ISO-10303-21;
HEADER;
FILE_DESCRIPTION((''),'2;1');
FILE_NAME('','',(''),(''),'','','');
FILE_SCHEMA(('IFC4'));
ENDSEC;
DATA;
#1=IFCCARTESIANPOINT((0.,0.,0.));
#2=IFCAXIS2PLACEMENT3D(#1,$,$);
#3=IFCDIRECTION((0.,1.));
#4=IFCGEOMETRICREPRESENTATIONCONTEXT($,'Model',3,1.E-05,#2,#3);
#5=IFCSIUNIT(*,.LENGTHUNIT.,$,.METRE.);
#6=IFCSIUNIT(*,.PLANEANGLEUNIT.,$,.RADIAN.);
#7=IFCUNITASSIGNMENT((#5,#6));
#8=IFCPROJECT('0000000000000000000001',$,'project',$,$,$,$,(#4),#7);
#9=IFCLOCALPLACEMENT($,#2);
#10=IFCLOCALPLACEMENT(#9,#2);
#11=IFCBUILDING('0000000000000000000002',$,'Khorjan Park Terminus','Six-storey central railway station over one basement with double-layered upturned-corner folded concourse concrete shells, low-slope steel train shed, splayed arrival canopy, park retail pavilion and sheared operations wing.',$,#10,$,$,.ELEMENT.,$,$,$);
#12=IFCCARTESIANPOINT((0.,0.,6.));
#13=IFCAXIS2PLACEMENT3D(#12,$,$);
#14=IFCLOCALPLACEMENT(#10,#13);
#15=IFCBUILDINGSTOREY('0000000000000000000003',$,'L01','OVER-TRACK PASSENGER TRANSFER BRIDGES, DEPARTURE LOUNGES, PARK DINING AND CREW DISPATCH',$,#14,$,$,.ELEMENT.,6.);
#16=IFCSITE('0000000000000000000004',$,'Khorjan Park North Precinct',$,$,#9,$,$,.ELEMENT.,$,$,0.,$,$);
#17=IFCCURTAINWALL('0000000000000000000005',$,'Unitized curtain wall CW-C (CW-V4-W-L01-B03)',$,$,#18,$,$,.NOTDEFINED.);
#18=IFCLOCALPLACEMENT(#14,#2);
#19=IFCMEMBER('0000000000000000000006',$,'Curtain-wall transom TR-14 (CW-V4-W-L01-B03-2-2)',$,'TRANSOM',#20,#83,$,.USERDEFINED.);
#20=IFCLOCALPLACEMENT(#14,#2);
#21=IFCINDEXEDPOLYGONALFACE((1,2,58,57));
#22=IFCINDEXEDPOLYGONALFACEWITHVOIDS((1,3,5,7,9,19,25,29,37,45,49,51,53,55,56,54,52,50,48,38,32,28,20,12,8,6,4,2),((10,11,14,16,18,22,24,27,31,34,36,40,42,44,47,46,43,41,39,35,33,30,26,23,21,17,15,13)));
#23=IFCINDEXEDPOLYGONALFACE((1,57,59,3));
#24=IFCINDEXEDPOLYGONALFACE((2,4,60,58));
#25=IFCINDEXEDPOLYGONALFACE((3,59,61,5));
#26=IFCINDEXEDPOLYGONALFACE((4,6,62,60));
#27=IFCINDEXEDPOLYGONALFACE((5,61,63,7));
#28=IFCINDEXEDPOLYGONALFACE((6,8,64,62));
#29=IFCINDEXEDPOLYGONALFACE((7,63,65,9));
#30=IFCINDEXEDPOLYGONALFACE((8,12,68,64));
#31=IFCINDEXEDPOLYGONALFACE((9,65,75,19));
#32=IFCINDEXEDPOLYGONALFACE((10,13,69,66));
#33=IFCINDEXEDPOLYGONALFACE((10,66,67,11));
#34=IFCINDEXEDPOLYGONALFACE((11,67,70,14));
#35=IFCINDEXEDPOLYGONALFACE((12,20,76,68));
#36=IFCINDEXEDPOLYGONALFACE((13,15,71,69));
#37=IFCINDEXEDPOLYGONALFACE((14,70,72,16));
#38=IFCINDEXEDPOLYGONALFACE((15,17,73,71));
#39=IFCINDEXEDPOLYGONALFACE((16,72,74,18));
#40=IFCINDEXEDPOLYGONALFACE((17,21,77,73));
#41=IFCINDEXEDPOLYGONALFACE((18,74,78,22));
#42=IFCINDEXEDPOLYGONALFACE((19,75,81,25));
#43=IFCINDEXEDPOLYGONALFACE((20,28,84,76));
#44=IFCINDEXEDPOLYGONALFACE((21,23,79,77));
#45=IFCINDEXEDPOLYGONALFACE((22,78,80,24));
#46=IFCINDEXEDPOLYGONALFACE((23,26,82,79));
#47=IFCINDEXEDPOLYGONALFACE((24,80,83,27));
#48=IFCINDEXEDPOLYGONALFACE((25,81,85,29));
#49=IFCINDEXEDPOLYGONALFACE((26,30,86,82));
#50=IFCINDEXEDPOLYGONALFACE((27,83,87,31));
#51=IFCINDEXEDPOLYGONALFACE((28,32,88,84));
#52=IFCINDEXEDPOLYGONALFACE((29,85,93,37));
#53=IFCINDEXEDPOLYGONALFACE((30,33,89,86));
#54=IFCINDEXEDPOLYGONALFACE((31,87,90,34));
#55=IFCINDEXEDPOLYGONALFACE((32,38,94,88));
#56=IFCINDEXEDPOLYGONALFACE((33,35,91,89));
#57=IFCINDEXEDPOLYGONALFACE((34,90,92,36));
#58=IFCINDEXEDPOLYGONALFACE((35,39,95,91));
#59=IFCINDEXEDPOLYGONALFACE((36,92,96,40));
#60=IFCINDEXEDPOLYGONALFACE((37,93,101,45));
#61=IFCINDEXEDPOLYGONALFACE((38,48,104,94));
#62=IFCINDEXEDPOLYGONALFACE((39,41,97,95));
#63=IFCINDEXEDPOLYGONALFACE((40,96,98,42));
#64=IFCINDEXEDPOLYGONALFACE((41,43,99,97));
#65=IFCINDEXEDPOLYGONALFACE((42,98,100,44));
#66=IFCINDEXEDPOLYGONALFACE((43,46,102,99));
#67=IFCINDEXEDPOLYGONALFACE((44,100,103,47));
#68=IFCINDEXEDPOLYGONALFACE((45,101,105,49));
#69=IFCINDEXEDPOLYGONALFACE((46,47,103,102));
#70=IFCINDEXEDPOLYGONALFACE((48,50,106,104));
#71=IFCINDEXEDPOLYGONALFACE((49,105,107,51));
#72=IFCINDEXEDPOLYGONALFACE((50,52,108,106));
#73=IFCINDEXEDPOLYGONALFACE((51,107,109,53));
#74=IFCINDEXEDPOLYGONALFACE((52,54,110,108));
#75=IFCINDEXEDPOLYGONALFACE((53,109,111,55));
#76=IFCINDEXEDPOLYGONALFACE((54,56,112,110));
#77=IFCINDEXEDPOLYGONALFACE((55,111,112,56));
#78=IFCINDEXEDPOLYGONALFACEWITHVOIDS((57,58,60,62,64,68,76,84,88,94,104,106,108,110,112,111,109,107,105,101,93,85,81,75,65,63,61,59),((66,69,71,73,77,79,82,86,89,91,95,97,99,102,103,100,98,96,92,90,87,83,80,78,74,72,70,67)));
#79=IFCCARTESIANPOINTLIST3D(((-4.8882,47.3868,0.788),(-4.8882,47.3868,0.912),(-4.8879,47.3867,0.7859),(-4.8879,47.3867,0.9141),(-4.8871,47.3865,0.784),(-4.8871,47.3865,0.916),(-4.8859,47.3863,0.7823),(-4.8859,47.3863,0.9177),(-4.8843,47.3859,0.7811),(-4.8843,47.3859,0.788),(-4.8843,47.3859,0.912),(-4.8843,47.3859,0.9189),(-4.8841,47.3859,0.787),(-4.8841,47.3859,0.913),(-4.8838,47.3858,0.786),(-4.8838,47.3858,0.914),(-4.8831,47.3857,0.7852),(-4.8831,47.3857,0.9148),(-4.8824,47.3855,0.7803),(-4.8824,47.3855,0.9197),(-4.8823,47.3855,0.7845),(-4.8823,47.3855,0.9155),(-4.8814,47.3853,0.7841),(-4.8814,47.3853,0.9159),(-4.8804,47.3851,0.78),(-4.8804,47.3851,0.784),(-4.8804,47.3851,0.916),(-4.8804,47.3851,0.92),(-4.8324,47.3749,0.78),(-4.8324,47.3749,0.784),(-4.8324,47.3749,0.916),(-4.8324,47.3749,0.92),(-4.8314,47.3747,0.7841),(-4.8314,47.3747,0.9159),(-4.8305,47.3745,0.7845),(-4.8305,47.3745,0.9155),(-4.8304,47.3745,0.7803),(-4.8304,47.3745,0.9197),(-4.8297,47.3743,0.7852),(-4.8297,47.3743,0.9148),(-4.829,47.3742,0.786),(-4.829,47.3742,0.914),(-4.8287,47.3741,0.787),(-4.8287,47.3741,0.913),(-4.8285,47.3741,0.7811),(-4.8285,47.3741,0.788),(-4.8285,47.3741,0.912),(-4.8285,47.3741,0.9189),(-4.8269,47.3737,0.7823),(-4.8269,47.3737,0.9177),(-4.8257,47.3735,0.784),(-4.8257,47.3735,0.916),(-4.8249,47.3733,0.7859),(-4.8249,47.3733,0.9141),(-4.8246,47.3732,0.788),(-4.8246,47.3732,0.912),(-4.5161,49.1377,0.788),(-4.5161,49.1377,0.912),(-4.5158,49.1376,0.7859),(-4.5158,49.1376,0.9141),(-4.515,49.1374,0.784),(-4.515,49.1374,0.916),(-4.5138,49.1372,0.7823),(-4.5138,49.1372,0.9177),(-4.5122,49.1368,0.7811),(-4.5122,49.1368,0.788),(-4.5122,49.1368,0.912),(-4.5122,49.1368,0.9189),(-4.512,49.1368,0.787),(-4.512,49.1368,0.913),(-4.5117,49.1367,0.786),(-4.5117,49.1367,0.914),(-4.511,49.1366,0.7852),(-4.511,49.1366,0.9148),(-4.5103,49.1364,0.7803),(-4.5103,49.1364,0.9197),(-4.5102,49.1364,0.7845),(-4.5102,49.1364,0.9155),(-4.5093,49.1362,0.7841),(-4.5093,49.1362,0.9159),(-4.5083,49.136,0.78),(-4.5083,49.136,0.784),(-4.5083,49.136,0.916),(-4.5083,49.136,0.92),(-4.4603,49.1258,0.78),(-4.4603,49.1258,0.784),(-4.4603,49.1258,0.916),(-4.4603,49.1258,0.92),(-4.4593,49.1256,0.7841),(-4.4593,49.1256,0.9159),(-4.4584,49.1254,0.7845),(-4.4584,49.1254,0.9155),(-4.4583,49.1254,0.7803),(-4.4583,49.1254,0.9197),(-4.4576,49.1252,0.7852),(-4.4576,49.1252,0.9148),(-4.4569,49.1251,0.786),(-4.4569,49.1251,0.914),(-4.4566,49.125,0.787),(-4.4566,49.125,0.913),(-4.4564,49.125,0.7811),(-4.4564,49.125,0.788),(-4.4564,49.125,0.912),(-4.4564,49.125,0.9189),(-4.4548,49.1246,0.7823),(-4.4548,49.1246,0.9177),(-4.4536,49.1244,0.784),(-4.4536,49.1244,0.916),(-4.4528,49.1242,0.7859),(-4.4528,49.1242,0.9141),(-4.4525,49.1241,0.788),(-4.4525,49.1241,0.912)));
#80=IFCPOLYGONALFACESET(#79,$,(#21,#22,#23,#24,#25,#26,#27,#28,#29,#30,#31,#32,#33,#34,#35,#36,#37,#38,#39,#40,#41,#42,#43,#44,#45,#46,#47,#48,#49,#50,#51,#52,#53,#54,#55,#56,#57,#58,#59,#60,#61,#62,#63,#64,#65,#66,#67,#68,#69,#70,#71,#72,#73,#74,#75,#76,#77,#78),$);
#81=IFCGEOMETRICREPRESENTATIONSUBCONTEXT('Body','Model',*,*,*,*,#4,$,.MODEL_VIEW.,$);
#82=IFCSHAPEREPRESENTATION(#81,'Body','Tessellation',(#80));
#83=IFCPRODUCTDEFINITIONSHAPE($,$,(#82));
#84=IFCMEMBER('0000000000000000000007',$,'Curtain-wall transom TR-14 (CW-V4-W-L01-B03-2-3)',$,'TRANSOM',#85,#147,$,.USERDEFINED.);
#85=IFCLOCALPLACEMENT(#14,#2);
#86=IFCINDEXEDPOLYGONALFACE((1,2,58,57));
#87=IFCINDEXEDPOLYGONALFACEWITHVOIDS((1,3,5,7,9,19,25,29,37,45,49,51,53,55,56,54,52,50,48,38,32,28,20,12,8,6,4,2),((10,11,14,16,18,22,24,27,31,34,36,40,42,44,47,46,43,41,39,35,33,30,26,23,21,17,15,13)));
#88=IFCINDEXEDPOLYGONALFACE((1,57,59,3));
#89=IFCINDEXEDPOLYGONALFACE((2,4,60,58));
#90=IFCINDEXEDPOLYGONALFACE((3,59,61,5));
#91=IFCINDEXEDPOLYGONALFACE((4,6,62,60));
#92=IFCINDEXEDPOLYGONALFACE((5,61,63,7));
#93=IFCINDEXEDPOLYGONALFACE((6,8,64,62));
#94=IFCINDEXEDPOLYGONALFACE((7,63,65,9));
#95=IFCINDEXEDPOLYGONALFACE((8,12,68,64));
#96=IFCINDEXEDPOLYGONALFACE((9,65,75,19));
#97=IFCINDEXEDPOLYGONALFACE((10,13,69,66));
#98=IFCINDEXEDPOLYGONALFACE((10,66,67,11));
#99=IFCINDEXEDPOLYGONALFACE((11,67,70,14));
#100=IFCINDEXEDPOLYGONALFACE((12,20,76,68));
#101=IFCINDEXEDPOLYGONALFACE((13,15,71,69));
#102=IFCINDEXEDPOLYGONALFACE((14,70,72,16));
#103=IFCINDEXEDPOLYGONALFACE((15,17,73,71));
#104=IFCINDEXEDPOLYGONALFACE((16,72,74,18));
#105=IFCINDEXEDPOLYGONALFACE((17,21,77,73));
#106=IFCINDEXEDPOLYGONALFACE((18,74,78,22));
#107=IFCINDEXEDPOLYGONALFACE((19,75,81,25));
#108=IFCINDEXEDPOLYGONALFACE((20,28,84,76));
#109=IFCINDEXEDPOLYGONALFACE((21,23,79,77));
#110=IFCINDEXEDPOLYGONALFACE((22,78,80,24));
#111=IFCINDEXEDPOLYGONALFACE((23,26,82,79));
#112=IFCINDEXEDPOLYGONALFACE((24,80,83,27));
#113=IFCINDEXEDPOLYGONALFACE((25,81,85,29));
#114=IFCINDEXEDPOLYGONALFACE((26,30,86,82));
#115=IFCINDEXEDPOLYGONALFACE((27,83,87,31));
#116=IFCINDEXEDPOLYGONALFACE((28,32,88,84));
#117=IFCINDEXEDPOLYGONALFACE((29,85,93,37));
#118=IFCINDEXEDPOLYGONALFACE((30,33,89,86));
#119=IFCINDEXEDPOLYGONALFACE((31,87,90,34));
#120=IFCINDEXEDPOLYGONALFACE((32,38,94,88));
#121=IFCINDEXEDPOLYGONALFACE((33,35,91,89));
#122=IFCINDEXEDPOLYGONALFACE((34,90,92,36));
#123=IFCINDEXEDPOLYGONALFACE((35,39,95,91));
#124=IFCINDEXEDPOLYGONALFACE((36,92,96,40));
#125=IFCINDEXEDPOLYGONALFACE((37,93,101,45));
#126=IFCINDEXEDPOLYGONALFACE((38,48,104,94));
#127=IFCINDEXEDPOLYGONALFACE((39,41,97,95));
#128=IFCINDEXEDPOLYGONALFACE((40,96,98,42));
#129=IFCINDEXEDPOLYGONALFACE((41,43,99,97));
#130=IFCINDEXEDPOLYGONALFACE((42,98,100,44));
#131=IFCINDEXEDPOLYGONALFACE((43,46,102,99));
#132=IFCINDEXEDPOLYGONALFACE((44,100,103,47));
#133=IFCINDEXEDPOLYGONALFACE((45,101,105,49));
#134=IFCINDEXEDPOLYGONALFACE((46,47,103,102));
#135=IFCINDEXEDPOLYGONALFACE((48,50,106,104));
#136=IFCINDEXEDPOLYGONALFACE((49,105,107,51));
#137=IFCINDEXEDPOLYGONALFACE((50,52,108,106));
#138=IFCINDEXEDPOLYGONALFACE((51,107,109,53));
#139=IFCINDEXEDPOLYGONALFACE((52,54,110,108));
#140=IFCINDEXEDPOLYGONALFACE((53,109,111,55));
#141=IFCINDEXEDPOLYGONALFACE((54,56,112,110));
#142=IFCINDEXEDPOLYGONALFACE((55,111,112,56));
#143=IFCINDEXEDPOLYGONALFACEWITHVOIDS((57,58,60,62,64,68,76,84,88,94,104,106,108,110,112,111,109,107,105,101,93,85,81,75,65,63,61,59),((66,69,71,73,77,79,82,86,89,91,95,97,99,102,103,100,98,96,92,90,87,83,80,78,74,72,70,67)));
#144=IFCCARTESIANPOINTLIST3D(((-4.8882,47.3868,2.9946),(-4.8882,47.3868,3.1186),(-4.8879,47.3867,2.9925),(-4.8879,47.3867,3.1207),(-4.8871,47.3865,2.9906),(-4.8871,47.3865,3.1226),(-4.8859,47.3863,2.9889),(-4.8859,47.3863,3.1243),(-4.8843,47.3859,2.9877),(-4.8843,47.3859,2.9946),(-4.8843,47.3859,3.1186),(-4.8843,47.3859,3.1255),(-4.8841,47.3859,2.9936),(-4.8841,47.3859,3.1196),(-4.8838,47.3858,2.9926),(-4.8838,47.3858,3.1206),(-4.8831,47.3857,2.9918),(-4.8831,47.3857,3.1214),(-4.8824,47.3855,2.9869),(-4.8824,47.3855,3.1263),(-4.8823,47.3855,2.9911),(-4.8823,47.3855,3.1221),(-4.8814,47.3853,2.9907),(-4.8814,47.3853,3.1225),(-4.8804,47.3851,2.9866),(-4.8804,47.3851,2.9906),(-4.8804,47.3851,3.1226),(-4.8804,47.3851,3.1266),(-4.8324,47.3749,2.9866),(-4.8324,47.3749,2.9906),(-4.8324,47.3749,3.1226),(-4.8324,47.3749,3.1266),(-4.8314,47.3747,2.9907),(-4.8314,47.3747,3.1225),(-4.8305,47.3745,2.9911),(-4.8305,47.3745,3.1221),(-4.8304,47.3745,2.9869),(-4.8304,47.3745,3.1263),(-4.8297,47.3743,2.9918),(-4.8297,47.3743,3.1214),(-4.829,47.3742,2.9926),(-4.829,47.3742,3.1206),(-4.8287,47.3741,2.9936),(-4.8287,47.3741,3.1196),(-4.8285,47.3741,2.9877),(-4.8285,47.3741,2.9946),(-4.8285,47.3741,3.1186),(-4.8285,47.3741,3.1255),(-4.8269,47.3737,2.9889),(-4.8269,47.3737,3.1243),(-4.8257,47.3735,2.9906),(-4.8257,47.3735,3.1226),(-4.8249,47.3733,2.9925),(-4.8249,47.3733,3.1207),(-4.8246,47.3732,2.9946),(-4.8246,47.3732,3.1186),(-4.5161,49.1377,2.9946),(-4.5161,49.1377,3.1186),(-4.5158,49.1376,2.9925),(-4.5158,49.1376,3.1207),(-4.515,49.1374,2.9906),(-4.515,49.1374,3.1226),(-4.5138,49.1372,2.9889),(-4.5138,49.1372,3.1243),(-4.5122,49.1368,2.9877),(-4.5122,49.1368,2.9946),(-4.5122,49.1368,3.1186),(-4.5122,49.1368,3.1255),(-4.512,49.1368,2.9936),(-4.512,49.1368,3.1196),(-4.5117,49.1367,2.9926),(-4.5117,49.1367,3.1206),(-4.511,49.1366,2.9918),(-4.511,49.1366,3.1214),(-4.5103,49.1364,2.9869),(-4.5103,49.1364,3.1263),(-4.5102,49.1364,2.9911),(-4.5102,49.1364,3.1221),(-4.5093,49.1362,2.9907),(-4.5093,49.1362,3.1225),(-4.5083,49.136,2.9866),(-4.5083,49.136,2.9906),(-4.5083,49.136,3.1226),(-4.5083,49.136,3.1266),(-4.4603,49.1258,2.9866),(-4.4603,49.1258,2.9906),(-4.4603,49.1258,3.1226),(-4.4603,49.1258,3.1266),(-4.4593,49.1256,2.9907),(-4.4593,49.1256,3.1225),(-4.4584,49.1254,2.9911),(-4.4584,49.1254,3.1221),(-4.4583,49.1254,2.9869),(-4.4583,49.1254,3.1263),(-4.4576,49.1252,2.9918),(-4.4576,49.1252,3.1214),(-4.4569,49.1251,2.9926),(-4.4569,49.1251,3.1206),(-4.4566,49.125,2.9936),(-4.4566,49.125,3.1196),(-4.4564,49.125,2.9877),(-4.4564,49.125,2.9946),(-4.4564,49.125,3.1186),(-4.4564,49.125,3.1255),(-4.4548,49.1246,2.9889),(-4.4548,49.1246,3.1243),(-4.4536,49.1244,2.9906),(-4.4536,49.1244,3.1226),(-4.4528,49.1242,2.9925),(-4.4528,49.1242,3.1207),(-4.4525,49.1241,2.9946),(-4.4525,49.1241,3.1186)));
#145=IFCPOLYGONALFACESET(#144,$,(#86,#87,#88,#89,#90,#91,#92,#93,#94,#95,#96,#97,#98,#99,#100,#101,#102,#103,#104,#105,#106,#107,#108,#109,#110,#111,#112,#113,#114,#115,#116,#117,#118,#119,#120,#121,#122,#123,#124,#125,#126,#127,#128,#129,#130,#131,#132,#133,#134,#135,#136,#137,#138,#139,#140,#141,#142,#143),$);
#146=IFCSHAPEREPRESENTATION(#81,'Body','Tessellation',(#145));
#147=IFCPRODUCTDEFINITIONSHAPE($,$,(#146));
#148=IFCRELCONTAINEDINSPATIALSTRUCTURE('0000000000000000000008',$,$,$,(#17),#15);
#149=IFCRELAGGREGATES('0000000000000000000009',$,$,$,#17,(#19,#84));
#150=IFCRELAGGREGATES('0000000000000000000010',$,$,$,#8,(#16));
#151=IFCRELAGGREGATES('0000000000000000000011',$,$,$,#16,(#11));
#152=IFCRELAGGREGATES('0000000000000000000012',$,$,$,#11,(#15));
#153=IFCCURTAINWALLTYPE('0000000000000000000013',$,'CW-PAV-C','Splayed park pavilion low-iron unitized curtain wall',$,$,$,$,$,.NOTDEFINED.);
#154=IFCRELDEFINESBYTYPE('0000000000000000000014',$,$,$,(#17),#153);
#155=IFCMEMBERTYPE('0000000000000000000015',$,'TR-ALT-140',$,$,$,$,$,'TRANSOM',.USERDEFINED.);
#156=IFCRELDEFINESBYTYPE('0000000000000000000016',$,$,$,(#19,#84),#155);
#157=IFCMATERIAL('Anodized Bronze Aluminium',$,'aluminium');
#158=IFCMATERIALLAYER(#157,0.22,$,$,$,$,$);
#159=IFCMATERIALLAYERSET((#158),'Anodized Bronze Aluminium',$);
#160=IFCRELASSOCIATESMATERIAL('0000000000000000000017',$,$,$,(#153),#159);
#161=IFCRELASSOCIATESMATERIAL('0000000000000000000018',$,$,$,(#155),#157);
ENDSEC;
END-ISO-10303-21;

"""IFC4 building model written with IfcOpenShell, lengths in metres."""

from ifc_helpers import new_model, si_unit, direction, frame, origin, origin_2d, place, context, subcontext, project, spatial, hollow_rectangle, extrude, material, layer, layer_set, material_profile, profile_set, type_object, element, aggregate, save


model = new_model("IFC4")

# Units and contexts
model_context = context("Model", 3, precision=1e-05, world=origin(), true_north=direction((0.0, 1.0)))
body_context = subcontext(model_context, "Body", "Model", "MODEL_VIEW")
ifc_project = project(units=[si_unit("LENGTHUNIT", "METRE"), si_unit("PLANEANGLEUNIT", "RADIAN")], contexts=[model_context])

# Site, building, storey
site_placement = place(None, origin())
site = spatial("IfcSite", under=ifc_project, at=site_placement, Name="Khorjan Park North Precinct", CompositionType="ELEMENT", RefElevation=0.0)
building_placement = place(site_placement, origin())
building = spatial("IfcBuilding", under=site, at=building_placement, Name="Khorjan Park Terminus", Description="Six-storey central railway station over one basement with double-layered upturned-corner folded concourse concrete shells, low-slope steel train shed, splayed arrival canopy, park retail pavilion and sheared operations wing.", CompositionType="ELEMENT")
storey_placement = place(building_placement, frame((0.0, 0.0, 6.0)))
storey = spatial("IfcBuildingStorey", under=building, at=storey_placement, Name="L01", Description="OVER-TRACK PASSENGER TRANSFER BRIDGES, DEPARTURE LOUNGES, PARK DINING AND CREW DISPATCH", CompositionType="ELEMENT", Elevation=6.0)

# Curtain wall, members
ifc_material_1 = material(Name="Anodized Bronze Aluminium", Category="aluminium")
ifc_layer_1 = layer(ifc_material_1, 0.22)
ifc_layer_set_1 = layer_set([ifc_layer_1], Name="Anodized Bronze Aluminium")
curtain_wall_type = type_object("IfcCurtainWallType", Name="CW-PAV-C", Description="Splayed park pavilion low-iron unitized curtain wall", PredefinedType="NOTDEFINED", material=ifc_layer_set_1)
curtain_wall_placement = place(storey_placement, origin())
curtain_wall = element("IfcCurtainWall", 1, at=curtain_wall_placement, inside=storey, type_object=curtain_wall_type, Name="Unitized curtain wall CW-C (CW-V4-W-L01-B03)", PredefinedType="NOTDEFINED")
ifc_material_profile_1 = material_profile(ifc_material_1, hollow_rectangle(XDim=0.065, YDim=0.14, WallThickness=0.004, InnerFilletRadius=0.004, OuterFilletRadius=0.008, at=origin_2d()), Name="ALT 65x140x4")
ifc_profile_set_1 = profile_set([ifc_material_profile_1], Name="Anodized Bronze Aluminium")
member_type_1 = type_object("IfcMemberType", Name="TR-ALT-140", ElementType="TRANSOM", PredefinedType="USERDEFINED", material=ifc_profile_set_1)
member_1_placement = place(storey_placement, frame((-4.4843, 49.1309, 0.85), z_axis=(-0.207877, -0.978155, 0.0), x_axis=(0.978155, -0.207877, 0.0)))
member_1 = element("IfcMember", 2, at=member_1_placement, type_object=member_type_1, Name="Curtain-wall transom TR-14 (CW-V4-W-L01-B03-2-2)", ObjectType="TRANSOM", PredefinedType="USERDEFINED", context=body_context, shape_type="SweptSolid", body=[
    extrude(hollow_rectangle(XDim=0.065, YDim=0.14, WallThickness=0.004, InnerFilletRadius=0.004, OuterFilletRadius=0.008, at=origin_2d()), origin(), (0.0, 0.0, 1.0), 1.79),
])
member_2_placement = place(storey_placement, frame((-4.4843, 49.1309, 3.0566), z_axis=(-0.207877, -0.978155, 0.0), x_axis=(0.978155, -0.207877, 0.0)))
member_2 = element("IfcMember", 3, at=member_2_placement, type_object=member_type_1, Name="Curtain-wall transom TR-14 (CW-V4-W-L01-B03-2-3)", ObjectType="TRANSOM", PredefinedType="USERDEFINED", context=body_context, shape_type="SweptSolid", body=[
    extrude(hollow_rectangle(XDim=0.065, YDim=0.14, WallThickness=0.004, InnerFilletRadius=0.004, OuterFilletRadius=0.008, at=origin_2d()), origin(), (0.0, 0.0, 1.0), 1.79),
])
aggregate(curtain_wall, [member_1, member_2])

save(model, "model.ifc")
